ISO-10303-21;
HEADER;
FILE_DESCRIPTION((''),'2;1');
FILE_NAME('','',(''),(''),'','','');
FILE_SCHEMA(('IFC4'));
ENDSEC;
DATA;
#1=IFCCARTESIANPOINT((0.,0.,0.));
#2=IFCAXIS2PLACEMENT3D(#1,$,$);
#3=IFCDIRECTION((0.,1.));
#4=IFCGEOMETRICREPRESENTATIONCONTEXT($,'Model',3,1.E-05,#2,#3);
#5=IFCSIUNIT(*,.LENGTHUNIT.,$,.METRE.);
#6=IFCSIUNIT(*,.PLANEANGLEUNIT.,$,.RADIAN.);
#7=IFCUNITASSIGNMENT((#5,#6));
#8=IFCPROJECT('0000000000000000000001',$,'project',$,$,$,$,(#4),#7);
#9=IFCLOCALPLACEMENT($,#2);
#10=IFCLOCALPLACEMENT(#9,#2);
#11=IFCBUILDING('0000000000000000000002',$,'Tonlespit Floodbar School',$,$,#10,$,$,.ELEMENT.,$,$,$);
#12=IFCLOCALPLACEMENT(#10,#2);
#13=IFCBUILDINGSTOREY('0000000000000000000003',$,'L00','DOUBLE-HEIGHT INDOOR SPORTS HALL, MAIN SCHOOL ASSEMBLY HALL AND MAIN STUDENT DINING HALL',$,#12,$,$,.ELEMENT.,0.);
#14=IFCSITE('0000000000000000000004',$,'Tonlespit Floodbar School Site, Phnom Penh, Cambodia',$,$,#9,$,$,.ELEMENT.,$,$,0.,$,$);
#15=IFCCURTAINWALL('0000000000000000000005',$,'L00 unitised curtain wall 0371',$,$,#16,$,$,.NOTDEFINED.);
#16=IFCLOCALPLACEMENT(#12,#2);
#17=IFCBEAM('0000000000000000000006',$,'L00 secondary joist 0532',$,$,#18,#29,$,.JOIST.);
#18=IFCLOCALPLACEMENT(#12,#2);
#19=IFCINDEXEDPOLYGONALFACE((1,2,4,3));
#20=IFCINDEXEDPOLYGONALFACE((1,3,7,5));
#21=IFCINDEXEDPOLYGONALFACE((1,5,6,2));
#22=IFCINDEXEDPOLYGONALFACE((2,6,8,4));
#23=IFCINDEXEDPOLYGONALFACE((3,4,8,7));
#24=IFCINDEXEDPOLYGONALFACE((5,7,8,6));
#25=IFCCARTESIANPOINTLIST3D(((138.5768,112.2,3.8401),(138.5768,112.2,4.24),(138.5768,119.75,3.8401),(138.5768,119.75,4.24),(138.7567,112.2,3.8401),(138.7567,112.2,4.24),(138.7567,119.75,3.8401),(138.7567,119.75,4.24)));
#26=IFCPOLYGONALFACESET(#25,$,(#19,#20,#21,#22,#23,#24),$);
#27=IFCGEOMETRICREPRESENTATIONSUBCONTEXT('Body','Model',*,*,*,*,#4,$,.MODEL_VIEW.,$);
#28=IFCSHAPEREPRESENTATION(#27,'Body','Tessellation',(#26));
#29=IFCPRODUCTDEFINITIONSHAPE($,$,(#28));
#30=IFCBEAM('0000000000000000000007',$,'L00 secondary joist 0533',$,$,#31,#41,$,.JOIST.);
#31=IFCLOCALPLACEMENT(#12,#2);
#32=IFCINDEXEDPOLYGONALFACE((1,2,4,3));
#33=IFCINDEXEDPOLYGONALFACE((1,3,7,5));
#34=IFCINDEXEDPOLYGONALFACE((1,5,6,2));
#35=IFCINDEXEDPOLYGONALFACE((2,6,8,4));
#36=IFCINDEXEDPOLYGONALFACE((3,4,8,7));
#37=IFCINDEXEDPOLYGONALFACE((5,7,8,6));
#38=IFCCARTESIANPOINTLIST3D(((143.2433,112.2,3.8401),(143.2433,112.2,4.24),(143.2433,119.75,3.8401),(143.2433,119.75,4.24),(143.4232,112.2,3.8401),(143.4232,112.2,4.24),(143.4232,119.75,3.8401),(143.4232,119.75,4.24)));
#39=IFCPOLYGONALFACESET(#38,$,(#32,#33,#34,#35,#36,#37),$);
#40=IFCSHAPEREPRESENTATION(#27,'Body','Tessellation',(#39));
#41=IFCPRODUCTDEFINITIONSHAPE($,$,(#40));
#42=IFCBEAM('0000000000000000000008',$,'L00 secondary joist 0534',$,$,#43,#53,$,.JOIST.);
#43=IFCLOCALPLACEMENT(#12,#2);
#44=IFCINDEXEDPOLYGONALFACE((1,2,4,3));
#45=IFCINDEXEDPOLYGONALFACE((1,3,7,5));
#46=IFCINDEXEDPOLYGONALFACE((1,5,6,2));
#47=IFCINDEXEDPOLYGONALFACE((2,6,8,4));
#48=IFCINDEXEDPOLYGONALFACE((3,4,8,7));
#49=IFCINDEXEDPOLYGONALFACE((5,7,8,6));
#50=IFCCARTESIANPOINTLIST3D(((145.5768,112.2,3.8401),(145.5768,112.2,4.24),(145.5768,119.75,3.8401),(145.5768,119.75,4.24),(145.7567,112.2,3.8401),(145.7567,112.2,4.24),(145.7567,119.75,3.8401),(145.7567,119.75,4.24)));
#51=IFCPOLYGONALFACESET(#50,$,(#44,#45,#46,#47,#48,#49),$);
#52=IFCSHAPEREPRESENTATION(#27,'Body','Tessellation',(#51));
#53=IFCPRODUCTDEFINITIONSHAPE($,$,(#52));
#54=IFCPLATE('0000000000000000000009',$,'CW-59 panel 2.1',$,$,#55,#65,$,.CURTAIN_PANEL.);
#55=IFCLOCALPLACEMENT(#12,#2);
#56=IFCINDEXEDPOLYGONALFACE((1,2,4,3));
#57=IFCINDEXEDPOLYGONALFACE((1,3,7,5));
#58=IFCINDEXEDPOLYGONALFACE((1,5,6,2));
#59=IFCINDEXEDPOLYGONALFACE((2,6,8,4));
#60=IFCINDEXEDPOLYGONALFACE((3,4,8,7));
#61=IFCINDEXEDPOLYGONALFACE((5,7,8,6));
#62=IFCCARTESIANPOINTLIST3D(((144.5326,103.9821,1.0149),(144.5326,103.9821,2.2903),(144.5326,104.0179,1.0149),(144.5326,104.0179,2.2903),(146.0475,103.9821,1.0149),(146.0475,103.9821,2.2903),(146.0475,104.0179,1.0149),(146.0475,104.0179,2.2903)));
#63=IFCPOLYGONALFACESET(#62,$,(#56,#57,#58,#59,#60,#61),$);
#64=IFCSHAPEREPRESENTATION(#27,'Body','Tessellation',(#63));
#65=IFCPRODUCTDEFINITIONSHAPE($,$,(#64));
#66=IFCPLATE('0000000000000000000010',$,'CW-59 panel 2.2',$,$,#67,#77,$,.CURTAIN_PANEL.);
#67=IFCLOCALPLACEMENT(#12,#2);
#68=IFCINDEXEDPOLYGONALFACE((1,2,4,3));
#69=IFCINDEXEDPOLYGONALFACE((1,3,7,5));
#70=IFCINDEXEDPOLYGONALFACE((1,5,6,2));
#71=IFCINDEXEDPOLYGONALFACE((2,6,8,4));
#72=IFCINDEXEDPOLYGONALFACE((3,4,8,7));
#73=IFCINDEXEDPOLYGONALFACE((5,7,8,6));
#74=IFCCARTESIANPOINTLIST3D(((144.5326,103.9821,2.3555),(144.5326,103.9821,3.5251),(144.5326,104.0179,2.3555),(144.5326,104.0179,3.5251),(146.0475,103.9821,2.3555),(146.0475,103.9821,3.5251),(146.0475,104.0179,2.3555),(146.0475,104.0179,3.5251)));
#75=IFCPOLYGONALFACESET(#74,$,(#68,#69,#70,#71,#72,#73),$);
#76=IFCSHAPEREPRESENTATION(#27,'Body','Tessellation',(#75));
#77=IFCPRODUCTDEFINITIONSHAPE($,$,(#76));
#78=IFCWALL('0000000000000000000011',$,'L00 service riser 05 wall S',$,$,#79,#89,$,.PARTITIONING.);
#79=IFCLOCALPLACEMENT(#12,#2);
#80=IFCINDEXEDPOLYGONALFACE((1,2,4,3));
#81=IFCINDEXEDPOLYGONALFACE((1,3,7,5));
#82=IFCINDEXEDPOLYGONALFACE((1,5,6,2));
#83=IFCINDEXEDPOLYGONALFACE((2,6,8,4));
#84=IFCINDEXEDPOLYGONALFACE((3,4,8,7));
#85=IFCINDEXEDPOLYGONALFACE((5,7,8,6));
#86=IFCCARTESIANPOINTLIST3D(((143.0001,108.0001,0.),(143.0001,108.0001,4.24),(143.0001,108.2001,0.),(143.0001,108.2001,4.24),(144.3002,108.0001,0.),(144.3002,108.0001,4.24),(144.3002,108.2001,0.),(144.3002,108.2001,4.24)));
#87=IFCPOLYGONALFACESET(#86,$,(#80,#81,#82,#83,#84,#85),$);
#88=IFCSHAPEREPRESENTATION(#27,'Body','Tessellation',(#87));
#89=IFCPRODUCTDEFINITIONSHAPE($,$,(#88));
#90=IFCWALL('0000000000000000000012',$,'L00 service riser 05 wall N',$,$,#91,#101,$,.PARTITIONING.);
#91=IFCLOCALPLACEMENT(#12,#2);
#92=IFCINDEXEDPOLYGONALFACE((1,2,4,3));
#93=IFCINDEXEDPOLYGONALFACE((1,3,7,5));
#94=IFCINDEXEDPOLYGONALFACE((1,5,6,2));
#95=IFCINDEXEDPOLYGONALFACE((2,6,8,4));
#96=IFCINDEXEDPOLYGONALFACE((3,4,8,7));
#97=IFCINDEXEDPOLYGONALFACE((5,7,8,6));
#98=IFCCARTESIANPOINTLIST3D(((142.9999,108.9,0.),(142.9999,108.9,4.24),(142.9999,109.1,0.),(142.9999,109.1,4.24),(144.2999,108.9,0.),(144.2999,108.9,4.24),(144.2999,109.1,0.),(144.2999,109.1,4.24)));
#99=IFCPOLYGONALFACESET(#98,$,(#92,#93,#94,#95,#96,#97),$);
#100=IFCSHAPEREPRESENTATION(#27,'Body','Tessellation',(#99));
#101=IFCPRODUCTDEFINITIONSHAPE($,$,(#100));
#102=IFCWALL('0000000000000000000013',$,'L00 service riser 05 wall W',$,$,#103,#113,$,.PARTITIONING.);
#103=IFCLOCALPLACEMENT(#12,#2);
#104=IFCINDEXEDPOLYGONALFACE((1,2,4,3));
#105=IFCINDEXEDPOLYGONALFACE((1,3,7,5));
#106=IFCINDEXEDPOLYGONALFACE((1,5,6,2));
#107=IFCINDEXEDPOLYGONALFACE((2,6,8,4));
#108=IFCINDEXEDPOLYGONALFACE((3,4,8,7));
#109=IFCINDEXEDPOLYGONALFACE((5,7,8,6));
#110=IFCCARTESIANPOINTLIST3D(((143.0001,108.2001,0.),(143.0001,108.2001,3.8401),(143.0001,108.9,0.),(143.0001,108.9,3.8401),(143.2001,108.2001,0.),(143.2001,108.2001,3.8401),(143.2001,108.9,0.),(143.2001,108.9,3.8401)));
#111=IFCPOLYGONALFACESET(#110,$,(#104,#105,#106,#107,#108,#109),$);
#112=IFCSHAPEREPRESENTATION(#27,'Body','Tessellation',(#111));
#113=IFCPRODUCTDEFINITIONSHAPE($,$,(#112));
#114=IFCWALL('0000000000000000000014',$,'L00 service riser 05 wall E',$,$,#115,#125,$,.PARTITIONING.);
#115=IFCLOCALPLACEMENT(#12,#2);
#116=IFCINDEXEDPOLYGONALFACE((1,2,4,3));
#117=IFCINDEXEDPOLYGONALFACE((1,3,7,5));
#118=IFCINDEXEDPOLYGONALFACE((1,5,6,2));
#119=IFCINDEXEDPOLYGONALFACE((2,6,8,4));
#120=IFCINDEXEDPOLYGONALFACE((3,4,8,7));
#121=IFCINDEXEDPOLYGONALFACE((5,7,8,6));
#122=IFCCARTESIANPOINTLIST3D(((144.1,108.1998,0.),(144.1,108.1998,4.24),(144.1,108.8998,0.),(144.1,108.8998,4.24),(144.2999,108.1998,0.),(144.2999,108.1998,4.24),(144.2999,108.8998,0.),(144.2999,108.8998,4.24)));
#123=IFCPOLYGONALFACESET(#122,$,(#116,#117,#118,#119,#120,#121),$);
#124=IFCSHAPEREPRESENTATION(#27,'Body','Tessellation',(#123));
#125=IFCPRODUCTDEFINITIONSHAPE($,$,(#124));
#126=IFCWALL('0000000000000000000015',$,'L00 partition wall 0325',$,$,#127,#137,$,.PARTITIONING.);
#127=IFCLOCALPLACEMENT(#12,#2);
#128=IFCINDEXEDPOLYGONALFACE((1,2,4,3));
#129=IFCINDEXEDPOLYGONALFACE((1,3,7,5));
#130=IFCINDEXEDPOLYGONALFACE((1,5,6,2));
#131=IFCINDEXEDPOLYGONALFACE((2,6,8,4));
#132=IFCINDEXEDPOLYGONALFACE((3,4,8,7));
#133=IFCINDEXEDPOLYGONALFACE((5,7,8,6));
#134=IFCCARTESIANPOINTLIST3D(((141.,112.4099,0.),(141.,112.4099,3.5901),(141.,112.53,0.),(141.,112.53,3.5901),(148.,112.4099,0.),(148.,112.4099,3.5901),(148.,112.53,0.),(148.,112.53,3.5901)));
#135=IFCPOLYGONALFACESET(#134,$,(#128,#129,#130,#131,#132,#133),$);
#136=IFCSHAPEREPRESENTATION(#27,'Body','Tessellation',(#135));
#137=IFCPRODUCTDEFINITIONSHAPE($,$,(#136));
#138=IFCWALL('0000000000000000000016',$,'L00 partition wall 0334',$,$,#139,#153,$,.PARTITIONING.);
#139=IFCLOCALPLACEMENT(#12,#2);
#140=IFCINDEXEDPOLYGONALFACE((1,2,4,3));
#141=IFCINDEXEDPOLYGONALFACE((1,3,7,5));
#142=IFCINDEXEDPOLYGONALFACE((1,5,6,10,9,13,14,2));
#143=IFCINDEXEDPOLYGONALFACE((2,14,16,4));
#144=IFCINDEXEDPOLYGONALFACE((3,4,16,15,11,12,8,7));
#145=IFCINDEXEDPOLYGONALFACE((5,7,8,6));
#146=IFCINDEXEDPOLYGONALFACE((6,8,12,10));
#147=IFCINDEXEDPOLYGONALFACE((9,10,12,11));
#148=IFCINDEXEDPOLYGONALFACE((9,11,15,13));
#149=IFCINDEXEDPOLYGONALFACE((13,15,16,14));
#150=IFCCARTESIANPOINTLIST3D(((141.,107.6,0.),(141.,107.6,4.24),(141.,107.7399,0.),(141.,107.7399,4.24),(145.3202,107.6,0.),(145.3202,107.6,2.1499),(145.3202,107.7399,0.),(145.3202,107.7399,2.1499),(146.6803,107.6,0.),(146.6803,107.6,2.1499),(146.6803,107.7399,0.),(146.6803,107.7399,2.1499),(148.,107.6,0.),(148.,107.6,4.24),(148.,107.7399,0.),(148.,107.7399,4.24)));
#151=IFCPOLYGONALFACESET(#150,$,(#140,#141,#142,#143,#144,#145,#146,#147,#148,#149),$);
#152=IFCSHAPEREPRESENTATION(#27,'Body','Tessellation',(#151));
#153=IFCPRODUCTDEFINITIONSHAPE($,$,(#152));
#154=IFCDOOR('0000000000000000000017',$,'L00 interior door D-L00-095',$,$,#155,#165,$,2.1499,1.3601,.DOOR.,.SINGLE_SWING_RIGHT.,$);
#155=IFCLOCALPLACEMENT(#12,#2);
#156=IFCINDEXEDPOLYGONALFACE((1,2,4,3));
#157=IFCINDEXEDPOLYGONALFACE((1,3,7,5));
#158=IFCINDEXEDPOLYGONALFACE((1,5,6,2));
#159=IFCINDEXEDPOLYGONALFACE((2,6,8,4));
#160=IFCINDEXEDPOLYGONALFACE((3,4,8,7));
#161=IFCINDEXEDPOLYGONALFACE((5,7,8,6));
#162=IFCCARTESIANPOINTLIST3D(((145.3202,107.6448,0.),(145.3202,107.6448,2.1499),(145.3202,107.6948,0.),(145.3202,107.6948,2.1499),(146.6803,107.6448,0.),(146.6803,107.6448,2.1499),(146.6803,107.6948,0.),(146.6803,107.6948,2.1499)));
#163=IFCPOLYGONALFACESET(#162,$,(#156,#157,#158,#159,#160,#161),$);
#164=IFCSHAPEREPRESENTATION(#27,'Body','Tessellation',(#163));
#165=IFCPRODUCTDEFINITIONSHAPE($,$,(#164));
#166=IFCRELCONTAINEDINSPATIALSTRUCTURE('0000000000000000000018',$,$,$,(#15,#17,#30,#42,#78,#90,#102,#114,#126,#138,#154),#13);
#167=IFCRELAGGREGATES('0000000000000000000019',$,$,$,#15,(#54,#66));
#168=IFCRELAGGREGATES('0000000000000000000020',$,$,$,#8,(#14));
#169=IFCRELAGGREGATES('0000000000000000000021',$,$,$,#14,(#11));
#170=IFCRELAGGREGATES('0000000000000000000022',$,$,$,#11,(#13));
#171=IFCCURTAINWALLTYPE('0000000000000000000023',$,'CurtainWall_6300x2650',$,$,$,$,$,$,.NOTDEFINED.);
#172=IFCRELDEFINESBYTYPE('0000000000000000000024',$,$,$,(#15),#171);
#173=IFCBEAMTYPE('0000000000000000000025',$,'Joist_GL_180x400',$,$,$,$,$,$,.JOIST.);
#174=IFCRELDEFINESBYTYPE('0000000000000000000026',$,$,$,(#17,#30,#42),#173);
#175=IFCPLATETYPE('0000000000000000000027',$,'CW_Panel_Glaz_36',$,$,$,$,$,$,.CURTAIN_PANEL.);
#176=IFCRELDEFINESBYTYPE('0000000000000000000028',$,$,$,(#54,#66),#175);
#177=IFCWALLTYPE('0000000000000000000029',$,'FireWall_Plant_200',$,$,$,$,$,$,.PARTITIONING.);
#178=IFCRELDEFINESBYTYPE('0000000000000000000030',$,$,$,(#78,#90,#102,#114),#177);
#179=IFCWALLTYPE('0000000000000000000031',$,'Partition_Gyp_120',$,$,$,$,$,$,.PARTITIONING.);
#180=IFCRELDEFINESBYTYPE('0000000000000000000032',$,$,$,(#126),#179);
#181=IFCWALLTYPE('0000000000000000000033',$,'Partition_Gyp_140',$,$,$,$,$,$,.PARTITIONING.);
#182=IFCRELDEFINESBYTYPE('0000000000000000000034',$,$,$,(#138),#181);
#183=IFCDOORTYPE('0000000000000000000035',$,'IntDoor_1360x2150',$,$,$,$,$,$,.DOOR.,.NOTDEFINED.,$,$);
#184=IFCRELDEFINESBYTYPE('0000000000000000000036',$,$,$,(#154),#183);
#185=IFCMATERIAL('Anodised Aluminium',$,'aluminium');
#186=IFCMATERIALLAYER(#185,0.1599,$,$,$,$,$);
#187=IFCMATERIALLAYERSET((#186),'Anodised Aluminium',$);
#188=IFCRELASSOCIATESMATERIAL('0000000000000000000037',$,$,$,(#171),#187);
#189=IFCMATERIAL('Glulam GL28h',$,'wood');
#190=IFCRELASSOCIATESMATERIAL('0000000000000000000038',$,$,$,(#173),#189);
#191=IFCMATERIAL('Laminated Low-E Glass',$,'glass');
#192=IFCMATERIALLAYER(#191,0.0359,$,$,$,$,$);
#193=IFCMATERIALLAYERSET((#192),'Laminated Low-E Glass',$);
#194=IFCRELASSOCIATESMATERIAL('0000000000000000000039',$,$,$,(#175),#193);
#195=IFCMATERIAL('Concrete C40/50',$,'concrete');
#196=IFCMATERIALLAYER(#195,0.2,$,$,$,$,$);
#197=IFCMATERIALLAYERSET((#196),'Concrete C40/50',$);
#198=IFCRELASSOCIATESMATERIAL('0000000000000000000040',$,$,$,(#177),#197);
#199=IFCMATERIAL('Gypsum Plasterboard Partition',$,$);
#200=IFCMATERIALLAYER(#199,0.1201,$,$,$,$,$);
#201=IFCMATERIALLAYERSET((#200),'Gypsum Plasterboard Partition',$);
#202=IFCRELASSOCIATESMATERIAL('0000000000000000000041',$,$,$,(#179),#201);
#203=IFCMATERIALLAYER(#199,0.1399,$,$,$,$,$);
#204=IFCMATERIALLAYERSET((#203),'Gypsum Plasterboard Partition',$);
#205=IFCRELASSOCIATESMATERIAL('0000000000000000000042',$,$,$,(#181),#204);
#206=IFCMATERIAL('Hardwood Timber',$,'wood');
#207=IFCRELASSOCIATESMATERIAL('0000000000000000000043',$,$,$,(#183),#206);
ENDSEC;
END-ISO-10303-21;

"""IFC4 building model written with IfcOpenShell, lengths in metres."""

from ifc_helpers import new_model, si_unit, direction, frame, frame_2d, origin, origin_2d, place, context, subcontext, project, spatial, rectangle, extrude, material, layer, layer_set, material_profile, profile_set, type_object, element, fill, aggregate, save


model = new_model("IFC4")

# Units and contexts
model_context = context("Model", 3, precision=1e-05, world=origin(), true_north=direction((0.0, 1.0)))
body_context = subcontext(model_context, "Body", "Model", "MODEL_VIEW")
ifc_project = project(units=[si_unit("LENGTHUNIT", "METRE"), si_unit("PLANEANGLEUNIT", "RADIAN")], contexts=[model_context])

# Site, building, storey
site_placement = place(None, origin())
site = spatial("IfcSite", under=ifc_project, at=site_placement, Name="Tonlespit Floodbar School Site, Phnom Penh, Cambodia", CompositionType="ELEMENT", RefElevation=0.0)
building_placement = place(site_placement, origin())
building = spatial("IfcBuilding", under=site, at=building_placement, Name="Tonlespit Floodbar School", CompositionType="ELEMENT")
storey_placement = place(building_placement, origin())
storey = spatial("IfcBuildingStorey", under=building, at=storey_placement, Name="L00", Description="DOUBLE-HEIGHT INDOOR SPORTS HALL, MAIN SCHOOL ASSEMBLY HALL AND MAIN STUDENT DINING HALL", CompositionType="ELEMENT", Elevation=0.0)

# Shared definitions
ifc_material_1 = material(Name="Concrete C40/50", Category="concrete")

# Curtain wall
ifc_material_2 = material(Name="Anodised Aluminium", Category="aluminium")
ifc_layer_1 = layer(ifc_material_2, 0.1599)
ifc_layer_set_1 = layer_set([ifc_layer_1], Name="Anodised Aluminium")
curtain_wall_type = type_object("IfcCurtainWallType", Name="CurtainWall_6300x2650", PredefinedType="NOTDEFINED", material=ifc_layer_set_1)
curtain_wall_placement = place(storey_placement, origin())
curtain_wall = element("IfcCurtainWall", 1, at=curtain_wall_placement, inside=storey, type_object=curtain_wall_type, Name="L00 unitised curtain wall 0371", PredefinedType="NOTDEFINED")

# Beams
ifc_material_3 = material(Name="Glulam GL28h", Category="wood")
ifc_material_profile_1 = material_profile(ifc_material_3, rectangle(XDim=0.1799, YDim=0.3999, at=origin_2d()), Name="GL 180x400")
ifc_profile_set_1 = profile_set([ifc_material_profile_1], Name="Glulam GL28h")
beam_type_1 = type_object("IfcBeamType", Name="Joist_GL_180x400", PredefinedType="JOIST", material=ifc_profile_set_1)
for number, where, z_axis, x_axis, name in (
    (2, (138.6667, 112.2, 4.04), (0.0, 1.0, 0.0), (-1.0, 0.0, 0.0), "L00 secondary joist 0532"),
    (3, (143.3333, 112.2, 4.04), (0.0, 1.0, 0.0), (-1.0, 0.0, 0.0), "L00 secondary joist 0533"),
    (4, (145.6667, 112.2, 4.04), (0.0, 1.0, 0.0), (-1.0, 0.0, 0.0), "L00 secondary joist 0534"),
):
    element("IfcBeam", number, at=place(storey_placement, frame(where, z_axis=z_axis, x_axis=x_axis)), inside=storey, type_object=beam_type_1, Name=name, PredefinedType="JOIST", context=body_context, shape_type="SweptSolid", body=[
        extrude(rectangle(XDim=0.1799, YDim=0.3999, at=origin_2d()), origin(), (0.0, 0.0, 1.0), 7.55),
    ])

# Plates
ifc_material_4 = material(Name="Laminated Low-E Glass", Category="glass")
ifc_layer_2 = layer(ifc_material_4, 0.0359)
ifc_layer_set_2 = layer_set([ifc_layer_2], Name="Laminated Low-E Glass")
plate_type = type_object("IfcPlateType", Name="CW_Panel_Glaz_36", PredefinedType="CURTAIN_PANEL", material=ifc_layer_set_2)
plate_1_placement = place(storey_placement, frame((145.29, 104.0, 1.0149), z_axis=(0.0, 0.0, 1.0), x_axis=(-1.0, 0.0, 0.0)))
plate_1 = element("IfcPlate", 5, at=plate_1_placement, type_object=plate_type, Name="CW-59 panel 2.1", PredefinedType="CURTAIN_PANEL", context=body_context, shape_type="SweptSolid", body=[
    extrude(rectangle(XDim=1.5149, YDim=0.0359, at=origin_2d()), origin(), (0.0, 0.0, 1.0), 1.2754),
])
plate_2_placement = place(storey_placement, frame((145.29, 104.0, 2.3555), z_axis=(0.0, 0.0, 1.0), x_axis=(-1.0, 0.0, 0.0)))
plate_2 = element("IfcPlate", 6, at=plate_2_placement, type_object=plate_type, Name="CW-59 panel 2.2", PredefinedType="CURTAIN_PANEL", context=body_context, shape_type="SweptSolid", body=[
    extrude(rectangle(XDim=1.5149, YDim=0.0359, at=origin_2d()), origin(), (0.0, 0.0, 1.0), 1.1697),
])
aggregate(curtain_wall, [plate_1, plate_2])

# Walls
ifc_layer_3 = layer(ifc_material_1, 0.2)
ifc_layer_set_3 = layer_set([ifc_layer_3], Name="Concrete C40/50")
wall_type_1 = type_object("IfcWallType", Name="FireWall_Plant_200", PredefinedType="PARTITIONING", material=ifc_layer_set_3)
for number, where, z_axis, x_axis, name in (
    (7, (144.3, 108.1001, 0.0), (0.0, 0.0, 1.0), (-1.0, 0.0, 0.0), "L00 service riser 05 wall S"),
    (8, (143.0, 109.0, 0.0), (0.0, 0.0, 1.0), (1.0, 0.0, 0.0), "L00 service riser 05 wall N"),
):
    element("IfcWall", number, at=place(storey_placement, frame(where, z_axis=z_axis, x_axis=x_axis)), inside=storey, type_object=wall_type_1, Name=name, PredefinedType="PARTITIONING", context=body_context, shape_type="SweptSolid", body=[
        extrude(rectangle(XDim=1.3, YDim=0.2, at=frame_2d((0.6499, 0.0))), origin(), (0.0, 0.0, 1.0), 4.24),
    ])
wall_1_placement = place(storey_placement, frame((143.1001, 108.2, 0.0), z_axis=(0.0, 0.0, 1.0), x_axis=(0.0, 1.0, 0.0)))
element("IfcWall", 9, at=wall_1_placement, inside=storey, type_object=wall_type_1, Name="L00 service riser 05 wall W", PredefinedType="PARTITIONING", context=body_context, shape_type="SweptSolid", body=[
    extrude(rectangle(XDim=0.7, YDim=0.2, at=frame_2d((0.3501, 0.0))), origin(), (0.0, 0.0, 1.0), 3.8401),
])
wall_2_placement = place(storey_placement, frame((144.2, 108.8999, 0.0), z_axis=(0.0, 0.0, 1.0), x_axis=(0.0, -1.0, 0.0)))
element("IfcWall", 10, at=wall_2_placement, inside=storey, type_object=wall_type_1, Name="L00 service riser 05 wall E", PredefinedType="PARTITIONING", context=body_context, shape_type="SweptSolid", body=[
    extrude(rectangle(XDim=0.7, YDim=0.2, at=frame_2d((0.3501, 0.0))), origin(), (0.0, 0.0, 1.0), 4.24),
])
ifc_material_5 = material(Name="Gypsum Plasterboard Partition")
ifc_layer_4 = layer(ifc_material_5, 0.1201)
ifc_layer_set_4 = layer_set([ifc_layer_4], Name="Gypsum Plasterboard Partition")
wall_type_2 = type_object("IfcWallType", Name="Partition_Gyp_120", PredefinedType="PARTITIONING", material=ifc_layer_set_4)
wall_3_placement = place(storey_placement, frame((141.0, 112.47, 0.0), z_axis=(0.0, 0.0, 1.0), x_axis=(1.0, 0.0, 0.0)))
element("IfcWall", 11, at=wall_3_placement, inside=storey, type_object=wall_type_2, Name="L00 partition wall 0325", PredefinedType="PARTITIONING", context=body_context, shape_type="SweptSolid", body=[
    extrude(rectangle(XDim=7.0, YDim=0.1201, at=frame_2d((3.5, 0.0))), origin(), (0.0, 0.0, 1.0), 3.5901),
])

# Wall, opening, door
ifc_layer_5 = layer(ifc_material_5, 0.1399)
ifc_layer_set_5 = layer_set([ifc_layer_5], Name="Gypsum Plasterboard Partition")
wall_type_3 = type_object("IfcWallType", Name="Partition_Gyp_140", PredefinedType="PARTITIONING", material=ifc_layer_set_5)
wall_4_placement = place(storey_placement, frame((141.0, 107.6699, 0.0), z_axis=(0.0, 0.0, 1.0), x_axis=(1.0, 0.0, 0.0)))
wall_4 = element("IfcWall", 12, at=wall_4_placement, inside=storey, type_object=wall_type_3, Name="L00 partition wall 0334", PredefinedType="PARTITIONING", context=body_context, shape_type="SweptSolid", body=[
    extrude(rectangle(XDim=7.0, YDim=0.1399, at=frame_2d((3.5, 0.0))), origin(), (0.0, 0.0, 1.0), 4.24),
])
opening_placement = place(wall_4_placement, frame((4.3201, 0.0, 0.0)))
opening = element("IfcOpeningElement", 13, at=opening_placement, cuts=wall_4, PredefinedType="OPENING", context=body_context, shape_type="SweptSolid", body=[
    extrude(rectangle(XDim=1.3601, YDim=2.1499, at=frame_2d((0.6802, 1.075))), frame((0.0, 0.0798, 0.0), z_axis=(0.0, -1.0, 0.0), x_axis=(1.0, 0.0, 0.0)), (0.0, 0.0, 1.0), 0.1599),
])
ifc_material_6 = material(Name="Hardwood Timber", Category="wood")
door_type = type_object("IfcDoorType", Name="IntDoor_1360x2150", OperationType="NOTDEFINED", PredefinedType="DOOR", material=ifc_material_6)
door_placement = place(opening_placement, origin())
door = element("IfcDoor", 14, at=door_placement, inside=storey, type_object=door_type, Name="L00 interior door D-L00-095", OperationType="SINGLE_SWING_RIGHT", OverallHeight=2.1499, OverallWidth=1.3601, PredefinedType="DOOR", context=body_context, shape_type="SweptSolid", body=[
    extrude(rectangle(XDim=1.3601, YDim=2.1499, at=frame_2d((0.6802, 1.075))), frame((0.0, 0.0249, 0.0), z_axis=(0.0, -1.0, 0.0), x_axis=(1.0, 0.0, 0.0)), (0.0, 0.0, 1.0), 0.05),
])
fill(opening, door)

save(model, "model.ifc")
